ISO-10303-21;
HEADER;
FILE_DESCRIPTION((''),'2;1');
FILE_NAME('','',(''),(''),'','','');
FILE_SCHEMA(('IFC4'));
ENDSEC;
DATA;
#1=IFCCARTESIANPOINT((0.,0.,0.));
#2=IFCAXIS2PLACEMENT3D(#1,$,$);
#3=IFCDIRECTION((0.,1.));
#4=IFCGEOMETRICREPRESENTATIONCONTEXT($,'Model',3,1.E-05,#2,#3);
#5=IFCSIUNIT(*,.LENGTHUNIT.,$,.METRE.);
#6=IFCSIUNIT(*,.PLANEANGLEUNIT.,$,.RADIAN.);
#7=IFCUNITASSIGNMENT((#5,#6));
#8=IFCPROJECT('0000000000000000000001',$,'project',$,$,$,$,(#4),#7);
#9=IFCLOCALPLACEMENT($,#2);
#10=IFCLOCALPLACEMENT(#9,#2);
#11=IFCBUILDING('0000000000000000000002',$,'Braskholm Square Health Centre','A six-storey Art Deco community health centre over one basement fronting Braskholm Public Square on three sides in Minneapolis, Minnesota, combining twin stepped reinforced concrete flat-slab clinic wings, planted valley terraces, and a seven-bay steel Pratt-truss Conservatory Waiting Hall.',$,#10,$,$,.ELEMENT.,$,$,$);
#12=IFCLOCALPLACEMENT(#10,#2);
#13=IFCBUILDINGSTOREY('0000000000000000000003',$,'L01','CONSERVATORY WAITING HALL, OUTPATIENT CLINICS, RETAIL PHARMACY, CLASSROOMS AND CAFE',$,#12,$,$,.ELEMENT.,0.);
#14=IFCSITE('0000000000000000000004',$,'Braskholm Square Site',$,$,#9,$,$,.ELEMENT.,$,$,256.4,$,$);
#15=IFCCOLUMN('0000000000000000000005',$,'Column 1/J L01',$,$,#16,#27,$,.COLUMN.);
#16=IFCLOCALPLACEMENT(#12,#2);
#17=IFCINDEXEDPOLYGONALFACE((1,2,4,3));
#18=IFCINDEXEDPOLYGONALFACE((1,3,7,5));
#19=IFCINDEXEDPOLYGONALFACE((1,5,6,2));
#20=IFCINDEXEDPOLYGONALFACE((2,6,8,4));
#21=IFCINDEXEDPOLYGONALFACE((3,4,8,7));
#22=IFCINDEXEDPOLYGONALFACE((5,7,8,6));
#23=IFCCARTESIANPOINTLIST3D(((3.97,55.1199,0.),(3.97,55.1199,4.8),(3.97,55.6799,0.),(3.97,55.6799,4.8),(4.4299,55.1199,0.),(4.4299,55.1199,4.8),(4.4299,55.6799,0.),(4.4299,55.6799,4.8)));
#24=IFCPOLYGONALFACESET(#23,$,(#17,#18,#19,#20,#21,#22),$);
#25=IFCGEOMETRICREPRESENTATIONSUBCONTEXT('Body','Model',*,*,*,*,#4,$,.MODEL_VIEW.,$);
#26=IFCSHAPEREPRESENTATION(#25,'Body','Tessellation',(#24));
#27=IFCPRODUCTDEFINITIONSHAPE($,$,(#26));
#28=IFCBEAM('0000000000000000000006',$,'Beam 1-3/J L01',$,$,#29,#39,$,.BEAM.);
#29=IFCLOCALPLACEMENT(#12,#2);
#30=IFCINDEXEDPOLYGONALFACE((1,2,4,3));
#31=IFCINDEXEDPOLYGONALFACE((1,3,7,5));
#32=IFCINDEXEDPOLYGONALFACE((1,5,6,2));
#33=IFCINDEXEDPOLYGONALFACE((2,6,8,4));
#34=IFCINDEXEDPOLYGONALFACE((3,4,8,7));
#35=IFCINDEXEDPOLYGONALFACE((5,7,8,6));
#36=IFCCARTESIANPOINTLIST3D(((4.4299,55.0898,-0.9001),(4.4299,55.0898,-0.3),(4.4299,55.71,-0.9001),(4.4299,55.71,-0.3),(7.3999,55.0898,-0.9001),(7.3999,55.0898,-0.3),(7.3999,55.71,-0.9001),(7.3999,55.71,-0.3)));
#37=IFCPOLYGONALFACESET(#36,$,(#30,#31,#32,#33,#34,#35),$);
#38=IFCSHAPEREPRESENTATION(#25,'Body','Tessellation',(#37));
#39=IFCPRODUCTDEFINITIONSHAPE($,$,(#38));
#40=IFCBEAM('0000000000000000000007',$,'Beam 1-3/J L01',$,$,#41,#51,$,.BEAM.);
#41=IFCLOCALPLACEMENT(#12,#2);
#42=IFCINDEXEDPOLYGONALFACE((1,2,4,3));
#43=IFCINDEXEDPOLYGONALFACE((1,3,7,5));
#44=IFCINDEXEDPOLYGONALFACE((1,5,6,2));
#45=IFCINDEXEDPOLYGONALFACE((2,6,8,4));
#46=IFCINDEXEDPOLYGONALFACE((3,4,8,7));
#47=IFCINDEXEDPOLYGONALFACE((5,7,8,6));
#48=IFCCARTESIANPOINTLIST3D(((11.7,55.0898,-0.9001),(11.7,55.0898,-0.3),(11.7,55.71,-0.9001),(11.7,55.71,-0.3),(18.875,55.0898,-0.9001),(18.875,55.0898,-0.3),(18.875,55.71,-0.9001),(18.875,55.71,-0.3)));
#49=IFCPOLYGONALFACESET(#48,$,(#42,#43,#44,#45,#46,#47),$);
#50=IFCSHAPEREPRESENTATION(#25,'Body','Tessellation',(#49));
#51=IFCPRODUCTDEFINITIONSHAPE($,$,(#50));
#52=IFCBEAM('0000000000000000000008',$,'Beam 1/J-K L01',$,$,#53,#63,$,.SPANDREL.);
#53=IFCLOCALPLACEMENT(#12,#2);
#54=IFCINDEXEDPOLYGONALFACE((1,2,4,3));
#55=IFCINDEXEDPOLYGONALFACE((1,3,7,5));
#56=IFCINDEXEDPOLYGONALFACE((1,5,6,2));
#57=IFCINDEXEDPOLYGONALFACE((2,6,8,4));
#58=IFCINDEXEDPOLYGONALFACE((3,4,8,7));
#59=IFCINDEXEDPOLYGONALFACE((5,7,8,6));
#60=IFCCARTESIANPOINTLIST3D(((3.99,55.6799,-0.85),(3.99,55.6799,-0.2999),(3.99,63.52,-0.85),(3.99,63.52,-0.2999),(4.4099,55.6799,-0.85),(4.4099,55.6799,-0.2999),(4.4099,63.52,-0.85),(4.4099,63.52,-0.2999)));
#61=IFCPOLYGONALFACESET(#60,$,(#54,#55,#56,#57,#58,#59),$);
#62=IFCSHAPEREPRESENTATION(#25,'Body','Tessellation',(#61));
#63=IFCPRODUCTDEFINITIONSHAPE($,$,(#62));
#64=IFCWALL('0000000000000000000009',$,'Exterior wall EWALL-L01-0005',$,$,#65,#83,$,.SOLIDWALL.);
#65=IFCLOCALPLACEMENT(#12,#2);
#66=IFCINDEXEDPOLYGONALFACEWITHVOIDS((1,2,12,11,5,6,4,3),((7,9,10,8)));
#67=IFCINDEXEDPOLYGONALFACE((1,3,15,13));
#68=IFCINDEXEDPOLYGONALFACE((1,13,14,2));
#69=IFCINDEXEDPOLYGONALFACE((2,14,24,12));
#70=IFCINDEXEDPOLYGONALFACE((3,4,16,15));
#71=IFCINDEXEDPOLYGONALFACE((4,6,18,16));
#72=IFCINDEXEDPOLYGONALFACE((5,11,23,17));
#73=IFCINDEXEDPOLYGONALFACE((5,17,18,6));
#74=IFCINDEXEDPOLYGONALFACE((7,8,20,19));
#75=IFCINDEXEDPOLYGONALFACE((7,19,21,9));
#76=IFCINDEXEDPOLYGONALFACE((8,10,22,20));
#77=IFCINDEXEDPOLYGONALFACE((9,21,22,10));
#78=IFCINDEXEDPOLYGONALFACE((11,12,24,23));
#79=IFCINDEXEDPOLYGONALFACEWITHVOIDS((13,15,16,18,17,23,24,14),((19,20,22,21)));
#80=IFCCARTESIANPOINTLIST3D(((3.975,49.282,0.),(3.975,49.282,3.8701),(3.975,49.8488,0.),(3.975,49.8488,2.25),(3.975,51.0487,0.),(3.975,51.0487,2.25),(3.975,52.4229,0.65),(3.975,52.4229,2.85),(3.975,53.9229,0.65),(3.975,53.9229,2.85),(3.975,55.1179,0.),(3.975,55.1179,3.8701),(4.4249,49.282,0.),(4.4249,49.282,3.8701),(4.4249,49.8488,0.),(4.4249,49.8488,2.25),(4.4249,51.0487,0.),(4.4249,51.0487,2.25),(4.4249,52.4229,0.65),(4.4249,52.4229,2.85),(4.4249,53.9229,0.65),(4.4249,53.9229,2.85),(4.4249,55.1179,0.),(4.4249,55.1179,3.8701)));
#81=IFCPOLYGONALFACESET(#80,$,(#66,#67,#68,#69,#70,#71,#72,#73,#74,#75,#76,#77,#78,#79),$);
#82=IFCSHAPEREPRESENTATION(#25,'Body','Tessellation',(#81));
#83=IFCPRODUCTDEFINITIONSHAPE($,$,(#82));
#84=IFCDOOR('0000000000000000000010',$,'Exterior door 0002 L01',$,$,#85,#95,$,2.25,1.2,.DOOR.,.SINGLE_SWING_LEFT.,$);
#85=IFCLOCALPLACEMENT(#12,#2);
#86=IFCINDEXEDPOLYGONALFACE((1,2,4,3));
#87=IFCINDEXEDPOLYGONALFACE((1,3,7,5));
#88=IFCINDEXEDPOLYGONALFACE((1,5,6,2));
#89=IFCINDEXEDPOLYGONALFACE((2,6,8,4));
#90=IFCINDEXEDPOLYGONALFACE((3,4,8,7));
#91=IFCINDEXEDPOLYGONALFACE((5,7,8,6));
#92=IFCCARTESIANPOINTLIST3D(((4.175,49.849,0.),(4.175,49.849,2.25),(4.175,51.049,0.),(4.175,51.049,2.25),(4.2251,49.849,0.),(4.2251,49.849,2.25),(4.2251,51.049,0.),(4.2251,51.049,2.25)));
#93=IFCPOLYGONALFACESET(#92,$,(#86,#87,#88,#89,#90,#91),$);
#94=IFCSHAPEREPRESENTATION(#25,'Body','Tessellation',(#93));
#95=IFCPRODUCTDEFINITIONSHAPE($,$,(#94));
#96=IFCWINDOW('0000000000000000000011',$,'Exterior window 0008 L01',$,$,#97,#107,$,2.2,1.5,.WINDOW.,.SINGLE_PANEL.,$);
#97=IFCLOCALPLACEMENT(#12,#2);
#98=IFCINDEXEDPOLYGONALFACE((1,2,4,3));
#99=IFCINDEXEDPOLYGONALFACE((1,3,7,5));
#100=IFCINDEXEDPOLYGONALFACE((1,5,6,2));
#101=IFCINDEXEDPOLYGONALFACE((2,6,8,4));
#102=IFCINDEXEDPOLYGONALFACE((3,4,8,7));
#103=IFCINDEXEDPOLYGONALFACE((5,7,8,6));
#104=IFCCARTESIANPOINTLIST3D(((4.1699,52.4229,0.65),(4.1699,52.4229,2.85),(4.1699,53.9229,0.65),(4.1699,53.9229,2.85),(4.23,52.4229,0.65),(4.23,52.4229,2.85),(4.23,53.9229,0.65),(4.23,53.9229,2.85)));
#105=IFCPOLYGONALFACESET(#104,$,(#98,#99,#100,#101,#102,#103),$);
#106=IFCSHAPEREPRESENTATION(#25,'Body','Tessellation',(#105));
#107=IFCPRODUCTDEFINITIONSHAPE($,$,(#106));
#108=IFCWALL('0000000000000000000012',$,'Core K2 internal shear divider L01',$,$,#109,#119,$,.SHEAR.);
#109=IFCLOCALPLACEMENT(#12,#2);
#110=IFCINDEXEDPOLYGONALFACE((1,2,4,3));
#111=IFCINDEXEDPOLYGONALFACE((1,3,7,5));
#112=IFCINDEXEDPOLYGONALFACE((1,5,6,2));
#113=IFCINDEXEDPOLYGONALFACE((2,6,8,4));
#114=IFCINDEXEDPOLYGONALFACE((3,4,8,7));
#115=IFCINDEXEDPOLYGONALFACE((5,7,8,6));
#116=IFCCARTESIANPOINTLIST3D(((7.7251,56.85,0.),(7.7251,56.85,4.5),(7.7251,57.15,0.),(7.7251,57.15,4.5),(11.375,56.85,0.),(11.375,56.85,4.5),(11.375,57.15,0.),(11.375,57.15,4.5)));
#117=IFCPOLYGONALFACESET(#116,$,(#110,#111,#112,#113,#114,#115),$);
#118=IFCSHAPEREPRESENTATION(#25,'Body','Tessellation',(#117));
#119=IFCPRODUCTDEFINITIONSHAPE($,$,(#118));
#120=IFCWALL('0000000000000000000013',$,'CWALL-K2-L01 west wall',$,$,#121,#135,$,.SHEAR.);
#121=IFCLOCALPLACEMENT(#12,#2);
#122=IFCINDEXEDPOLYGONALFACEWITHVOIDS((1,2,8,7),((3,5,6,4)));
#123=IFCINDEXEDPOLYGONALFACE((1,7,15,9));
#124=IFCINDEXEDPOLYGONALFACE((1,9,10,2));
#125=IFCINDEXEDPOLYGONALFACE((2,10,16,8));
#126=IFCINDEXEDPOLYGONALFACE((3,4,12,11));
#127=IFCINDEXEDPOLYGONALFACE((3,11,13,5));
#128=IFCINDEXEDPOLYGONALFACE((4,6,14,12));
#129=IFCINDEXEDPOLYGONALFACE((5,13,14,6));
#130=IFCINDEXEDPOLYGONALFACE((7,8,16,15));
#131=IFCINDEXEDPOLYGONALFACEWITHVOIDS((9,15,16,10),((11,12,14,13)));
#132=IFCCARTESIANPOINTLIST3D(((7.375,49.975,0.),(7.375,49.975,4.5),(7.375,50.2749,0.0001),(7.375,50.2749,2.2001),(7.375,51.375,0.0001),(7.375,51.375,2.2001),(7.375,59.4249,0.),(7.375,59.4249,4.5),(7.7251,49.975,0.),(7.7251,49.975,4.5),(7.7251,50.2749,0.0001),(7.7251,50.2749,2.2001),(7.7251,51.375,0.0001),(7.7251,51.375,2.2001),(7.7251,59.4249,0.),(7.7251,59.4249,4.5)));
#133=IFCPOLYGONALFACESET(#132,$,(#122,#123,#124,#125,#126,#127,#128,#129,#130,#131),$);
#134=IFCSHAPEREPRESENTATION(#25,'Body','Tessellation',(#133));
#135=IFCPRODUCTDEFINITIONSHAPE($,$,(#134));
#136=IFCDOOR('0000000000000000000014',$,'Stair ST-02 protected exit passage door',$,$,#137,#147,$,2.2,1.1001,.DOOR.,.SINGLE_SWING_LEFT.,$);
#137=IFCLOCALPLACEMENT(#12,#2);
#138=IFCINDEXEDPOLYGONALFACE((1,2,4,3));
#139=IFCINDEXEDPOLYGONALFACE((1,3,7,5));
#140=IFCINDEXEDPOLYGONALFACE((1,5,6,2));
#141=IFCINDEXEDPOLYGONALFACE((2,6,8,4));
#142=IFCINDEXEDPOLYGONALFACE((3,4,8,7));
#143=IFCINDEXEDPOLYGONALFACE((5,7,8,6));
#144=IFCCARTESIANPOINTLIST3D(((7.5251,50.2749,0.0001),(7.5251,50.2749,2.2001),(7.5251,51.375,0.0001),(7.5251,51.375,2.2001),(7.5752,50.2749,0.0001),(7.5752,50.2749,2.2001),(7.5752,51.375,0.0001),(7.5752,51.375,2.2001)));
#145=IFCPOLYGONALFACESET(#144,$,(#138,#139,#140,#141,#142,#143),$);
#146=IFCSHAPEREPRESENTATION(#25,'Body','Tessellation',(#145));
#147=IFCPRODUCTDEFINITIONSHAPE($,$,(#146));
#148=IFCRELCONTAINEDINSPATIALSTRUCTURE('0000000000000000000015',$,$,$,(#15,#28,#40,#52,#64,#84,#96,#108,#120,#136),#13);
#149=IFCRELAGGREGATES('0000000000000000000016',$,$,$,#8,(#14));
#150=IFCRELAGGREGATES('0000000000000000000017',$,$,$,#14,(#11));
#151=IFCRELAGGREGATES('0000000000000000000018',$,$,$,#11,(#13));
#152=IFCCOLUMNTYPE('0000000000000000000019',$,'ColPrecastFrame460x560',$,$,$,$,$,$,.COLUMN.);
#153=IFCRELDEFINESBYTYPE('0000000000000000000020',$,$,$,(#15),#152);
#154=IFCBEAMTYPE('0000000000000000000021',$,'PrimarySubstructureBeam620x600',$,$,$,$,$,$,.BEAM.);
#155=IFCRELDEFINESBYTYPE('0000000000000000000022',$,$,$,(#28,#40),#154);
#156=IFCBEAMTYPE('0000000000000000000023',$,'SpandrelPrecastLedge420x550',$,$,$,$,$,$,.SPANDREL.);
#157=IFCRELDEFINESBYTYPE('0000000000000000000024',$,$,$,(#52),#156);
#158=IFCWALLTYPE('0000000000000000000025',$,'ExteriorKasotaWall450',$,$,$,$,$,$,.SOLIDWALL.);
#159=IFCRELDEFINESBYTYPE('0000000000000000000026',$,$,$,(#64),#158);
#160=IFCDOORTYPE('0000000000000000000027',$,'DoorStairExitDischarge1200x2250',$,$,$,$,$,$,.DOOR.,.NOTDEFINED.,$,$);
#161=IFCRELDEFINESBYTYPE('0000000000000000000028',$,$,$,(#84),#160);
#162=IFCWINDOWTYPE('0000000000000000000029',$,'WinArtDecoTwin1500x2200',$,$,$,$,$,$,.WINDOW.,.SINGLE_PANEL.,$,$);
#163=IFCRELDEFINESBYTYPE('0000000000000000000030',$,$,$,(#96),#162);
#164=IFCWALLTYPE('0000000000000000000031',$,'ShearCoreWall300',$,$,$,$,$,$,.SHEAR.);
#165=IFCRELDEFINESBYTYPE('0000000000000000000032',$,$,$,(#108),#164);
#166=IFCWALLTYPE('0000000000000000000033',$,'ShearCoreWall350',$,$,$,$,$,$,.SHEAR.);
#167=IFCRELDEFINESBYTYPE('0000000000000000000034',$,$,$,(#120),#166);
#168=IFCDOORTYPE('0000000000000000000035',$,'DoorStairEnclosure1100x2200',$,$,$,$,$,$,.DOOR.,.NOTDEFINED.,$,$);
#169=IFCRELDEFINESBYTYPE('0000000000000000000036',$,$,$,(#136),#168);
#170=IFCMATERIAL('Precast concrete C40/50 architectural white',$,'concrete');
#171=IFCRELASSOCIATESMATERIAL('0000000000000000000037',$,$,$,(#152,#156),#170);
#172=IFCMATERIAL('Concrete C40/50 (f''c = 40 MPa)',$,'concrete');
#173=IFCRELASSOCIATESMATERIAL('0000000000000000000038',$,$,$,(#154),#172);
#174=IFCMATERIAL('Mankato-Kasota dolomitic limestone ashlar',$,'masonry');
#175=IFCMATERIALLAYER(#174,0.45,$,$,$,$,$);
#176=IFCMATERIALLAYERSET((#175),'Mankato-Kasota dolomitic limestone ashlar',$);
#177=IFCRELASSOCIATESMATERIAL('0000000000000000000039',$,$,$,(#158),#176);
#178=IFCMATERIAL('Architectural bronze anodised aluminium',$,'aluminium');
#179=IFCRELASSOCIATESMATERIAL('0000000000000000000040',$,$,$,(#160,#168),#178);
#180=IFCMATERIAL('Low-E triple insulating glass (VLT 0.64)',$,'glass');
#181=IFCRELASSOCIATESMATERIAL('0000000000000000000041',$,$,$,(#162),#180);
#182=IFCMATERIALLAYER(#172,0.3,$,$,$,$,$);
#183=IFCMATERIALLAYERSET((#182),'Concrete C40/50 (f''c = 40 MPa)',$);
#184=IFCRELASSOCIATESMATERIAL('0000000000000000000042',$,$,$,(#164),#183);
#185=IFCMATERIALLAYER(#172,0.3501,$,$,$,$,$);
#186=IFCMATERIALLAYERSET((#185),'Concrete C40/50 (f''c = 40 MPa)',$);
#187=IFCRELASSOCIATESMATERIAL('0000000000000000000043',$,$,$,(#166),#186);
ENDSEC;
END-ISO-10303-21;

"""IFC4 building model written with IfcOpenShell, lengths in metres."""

from ifc_helpers import new_model, si_unit, direction, frame, frame_2d, origin, origin_with_axes, origin_2d, place, context, subcontext, project, spatial, rectangle, extrude, material, layer, layer_set, material_profile, profile_set, type_object, element, fill, save


model = new_model("IFC4")

# Units and contexts
model_context = context("Model", 3, precision=1e-05, world=origin(), true_north=direction((0.0, 1.0)))
body_context = subcontext(model_context, "Body", "Model", "MODEL_VIEW")
ifc_project = project(units=[si_unit("LENGTHUNIT", "METRE"), si_unit("PLANEANGLEUNIT", "RADIAN")], contexts=[model_context])

# Site, building, storey
site_placement = place(None, origin())
site = spatial("IfcSite", under=ifc_project, at=site_placement, Name="Braskholm Square Site", CompositionType="ELEMENT", RefElevation=256.4)
building_placement = place(site_placement, origin())
building = spatial("IfcBuilding", under=site, at=building_placement, Name="Braskholm Square Health Centre", Description="A six-storey Art Deco community health centre over one basement fronting Braskholm Public Square on three sides in Minneapolis, Minnesota, combining twin stepped reinforced concrete flat-slab clinic wings, planted valley terraces, and a seven-bay steel Pratt-truss Conservatory Waiting Hall.", CompositionType="ELEMENT")
storey_placement = place(building_placement, origin())
storey = spatial("IfcBuildingStorey", under=building, at=storey_placement, Name="L01", Description="CONSERVATORY WAITING HALL, OUTPATIENT CLINICS, RETAIL PHARMACY, CLASSROOMS AND CAFE", CompositionType="ELEMENT", Elevation=0.0)

# Column
ifc_material_1 = material(Name="Precast concrete C40/50 architectural white", Category="concrete")
ifc_material_profile_1 = material_profile(ifc_material_1, rectangle(XDim=0.46, YDim=0.5601, at=origin_2d()), Name="RC-460X560")
ifc_profile_set_1 = profile_set([ifc_material_profile_1], Name="Precast concrete C40/50 architectural white")
column_type = type_object("IfcColumnType", Name="ColPrecastFrame460x560", PredefinedType="COLUMN", material=ifc_profile_set_1)
column_placement = place(storey_placement, frame((4.2, 55.3999, 0.0), z_axis=(0.0, 0.0, 1.0), x_axis=(1.0, 0.0, 0.0)))
element("IfcColumn", 1, at=column_placement, inside=storey, type_object=column_type, Name="Column 1/J L01", PredefinedType="COLUMN", context=body_context, shape_type="SweptSolid", body=[
    extrude(rectangle(XDim=0.46, YDim=0.5601, at=origin_2d()), origin(), (0.0, 0.0, 1.0), 4.8),
])

# Beams
ifc_material_2 = material(Name="Concrete C40/50 (f'c = 40 MPa)", Category="concrete")
ifc_material_profile_2 = material_profile(ifc_material_2, rectangle(XDim=0.6201, YDim=0.6001, at=origin_2d()), Name="RCB-620X600")
ifc_profile_set_2 = profile_set([ifc_material_profile_2], Name="Concrete C40/50 (f'c = 40 MPa)")
beam_type_1 = type_object("IfcBeamType", Name="PrimarySubstructureBeam620x600", PredefinedType="BEAM", material=ifc_profile_set_2)
beam_1_placement = place(storey_placement, frame((4.4299, 55.3999, -0.6001), z_axis=(1.0, 0.0, 0.0), x_axis=(0.0, 1.0, 0.0)))
element("IfcBeam", 2, at=beam_1_placement, inside=storey, type_object=beam_type_1, Name="Beam 1-3/J L01", PredefinedType="BEAM", context=body_context, shape_type="SweptSolid", body=[
    extrude(rectangle(XDim=0.6201, YDim=0.6001, at=origin_2d()), origin(), (0.0, 0.0, 1.0), 2.97),
])
beam_2_placement = place(storey_placement, frame((11.7, 55.3999, -0.6001), z_axis=(1.0, 0.0, 0.0), x_axis=(0.0, 1.0, 0.0)))
element("IfcBeam", 3, at=beam_2_placement, inside=storey, type_object=beam_type_1, Name="Beam 1-3/J L01", PredefinedType="BEAM", context=body_context, shape_type="SweptSolid", body=[
    extrude(rectangle(XDim=0.6201, YDim=0.6001, at=origin_2d()), origin(), (0.0, 0.0, 1.0), 7.175),
])
ifc_material_profile_3 = material_profile(ifc_material_1, rectangle(XDim=0.4199, YDim=0.55, at=origin_2d()), Name="RCB-420X550")
ifc_profile_set_3 = profile_set([ifc_material_profile_3], Name="Precast concrete C40/50 architectural white")
beam_type_2 = type_object("IfcBeamType", Name="SpandrelPrecastLedge420x550", PredefinedType="SPANDREL", material=ifc_profile_set_3)
beam_3_placement = place(storey_placement, frame((4.2, 55.6799, -0.575), z_axis=(0.0, 1.0, 0.0), x_axis=(-1.0, 0.0, 0.0)))
element("IfcBeam", 4, at=beam_3_placement, inside=storey, type_object=beam_type_2, Name="Beam 1/J-K L01", PredefinedType="SPANDREL", context=body_context, shape_type="SweptSolid", body=[
    extrude(rectangle(XDim=0.4199, YDim=0.55, at=origin_2d()), origin(), (0.0, 0.0, 1.0), 7.8401),
])

# Wall, openings, door, window
ifc_material_3 = material(Name="Mankato-Kasota dolomitic limestone ashlar", Category="masonry")
ifc_layer_1 = layer(ifc_material_3, 0.45)
ifc_layer_set_1 = layer_set([ifc_layer_1], Name="Mankato-Kasota dolomitic limestone ashlar")
wall_type_1 = type_object("IfcWallType", Name="ExteriorKasotaWall450", PredefinedType="SOLIDWALL", material=ifc_layer_set_1)
wall_1_placement = place(storey_placement, frame((4.2, 55.1179, 0.0), z_axis=(0.0, 0.0, 1.0), x_axis=(0.0, -1.0, 0.0)))
wall_1 = element("IfcWall", 5, at=wall_1_placement, inside=storey, type_object=wall_type_1, Name="Exterior wall EWALL-L01-0005", PredefinedType="SOLIDWALL", context=body_context, shape_type="SweptSolid", body=[
    extrude(rectangle(XDim=5.8359, YDim=0.45, at=frame_2d((2.918, 0.0))), origin(), (0.0, 0.0, 1.0), 3.8701),
])
opening_1_placement = place(wall_1_placement, frame((4.0691, 0.0, 0.0)))
opening_1 = element("IfcOpeningElement", 6, at=opening_1_placement, cuts=wall_1, PredefinedType="OPENING", context=body_context, shape_type="SweptSolid", body=[
    extrude(rectangle(XDim=1.2, YDim=2.25, at=frame_2d((0.6001, 1.125))), frame((0.0, 0.2349, 0.0), z_axis=(0.0, -1.0, 0.0), x_axis=(1.0, 0.0, 0.0)), (0.0, 0.0, 1.0), 0.47),
])
opening_2_placement = place(wall_1_placement, frame((1.1951, 0.0, 0.6499)))
opening_2 = element("IfcOpeningElement", 7, at=opening_2_placement, cuts=wall_1, PredefinedType="OPENING", context=body_context, shape_type="SweptSolid", body=[
    extrude(rectangle(XDim=1.5, YDim=2.2, at=frame_2d((0.75, 1.1001))), frame((0.0, 0.2349, 0.0), z_axis=(0.0, -1.0, 0.0), x_axis=(1.0, 0.0, 0.0)), (0.0, 0.0, 1.0), 0.47),
])
ifc_material_4 = material(Name="Architectural bronze anodised aluminium", Category="aluminium")
door_type_1 = type_object("IfcDoorType", Name="DoorStairExitDischarge1200x2250", OperationType="NOTDEFINED", PredefinedType="DOOR", material=ifc_material_4)
door_1_placement = place(opening_1_placement, frame((1.2, 0.0, 0.0), z_axis=(0.0, 0.0, 1.0), x_axis=(-1.0, 0.0, 0.0)))
door_1 = element("IfcDoor", 8, at=door_1_placement, inside=storey, type_object=door_type_1, Name="Exterior door 0002 L01", OperationType="SINGLE_SWING_LEFT", OverallHeight=2.25, OverallWidth=1.2, PredefinedType="DOOR", context=body_context, shape_type="SweptSolid", body=[
    extrude(rectangle(XDim=1.2, YDim=2.25, at=frame_2d((0.6001, 1.125))), frame((0.0, 0.0249, 0.0), z_axis=(0.0, -1.0, 0.0), x_axis=(1.0, 0.0, 0.0)), (0.0, 0.0, 1.0), 0.05),
])
fill(opening_1, door_1)
ifc_material_5 = material(Name="Low-E triple insulating glass (VLT 0.64)", Category="glass")
window_type = type_object("IfcWindowType", Name="WinArtDecoTwin1500x2200", PartitioningType="SINGLE_PANEL", PredefinedType="WINDOW", material=ifc_material_5)
window_placement = place(opening_2_placement, origin_with_axes())
window = element("IfcWindow", 9, at=window_placement, inside=storey, type_object=window_type, Name="Exterior window 0008 L01", OverallHeight=2.2, OverallWidth=1.5, PartitioningType="SINGLE_PANEL", PredefinedType="WINDOW", context=body_context, shape_type="SweptSolid", body=[
    extrude(rectangle(XDim=1.5, YDim=2.2, at=frame_2d((0.75, 1.1001))), frame((0.0, 0.03, 0.0), z_axis=(0.0, -1.0, 0.0), x_axis=(1.0, 0.0, 0.0)), (0.0, 0.0, 1.0), 0.0601),
])
fill(opening_2, window)

# Wall
ifc_layer_2 = layer(ifc_material_2, 0.3)
ifc_layer_set_2 = layer_set([ifc_layer_2], Name="Concrete C40/50 (f'c = 40 MPa)")
wall_type_2 = type_object("IfcWallType", Name="ShearCoreWall300", PredefinedType="SHEAR", material=ifc_layer_set_2)
wall_2_placement = place(storey_placement, frame((7.7251, 57.0, 0.0), z_axis=(0.0, 0.0, 1.0), x_axis=(1.0, 0.0, 0.0)))
element("IfcWall", 10, at=wall_2_placement, inside=storey, type_object=wall_type_2, Name="Core K2 internal shear divider L01", PredefinedType="SHEAR", context=body_context, shape_type="SweptSolid", body=[
    extrude(rectangle(XDim=3.6499, YDim=0.3, at=frame_2d((1.825, 0.0))), origin(), (0.0, 0.0, 1.0), 4.5),
])

# Wall, opening, door
ifc_layer_3 = layer(ifc_material_2, 0.3501)
ifc_layer_set_3 = layer_set([ifc_layer_3], Name="Concrete C40/50 (f'c = 40 MPa)")
wall_type_3 = type_object("IfcWallType", Name="ShearCoreWall350", PredefinedType="SHEAR", material=ifc_layer_set_3)
wall_3_placement = place(storey_placement, frame((7.55, 59.425, 0.0), z_axis=(0.0, 0.0, 1.0), x_axis=(0.0, -1.0, 0.0)))
wall_3 = element("IfcWall", 11, at=wall_3_placement, inside=storey, type_object=wall_type_3, Name="CWALL-K2-L01 west wall", PredefinedType="SHEAR", context=body_context, shape_type="SweptSolid", body=[
    extrude(rectangle(XDim=9.45, YDim=0.3501, at=frame_2d((4.7251, 0.0))), origin(), (0.0, 0.0, 1.0), 4.5),
])
opening_3_placement = place(wall_3_placement, frame((8.05, 0.0, 0.0)))
opening_3 = element("IfcOpeningElement", 12, at=opening_3_placement, cuts=wall_3, PredefinedType="OPENING", context=body_context, shape_type="SweptSolid", body=[
    extrude(rectangle(XDim=1.1001, YDim=2.2, at=frame_2d((0.55, 1.1001))), frame((0.0, 0.1851, 0.0), z_axis=(0.0, -1.0, 0.0), x_axis=(1.0, 0.0, 0.0)), (0.0, 0.0, 1.0), 0.3701),
])
door_type_2 = type_object("IfcDoorType", Name="DoorStairEnclosure1100x2200", OperationType="NOTDEFINED", PredefinedType="DOOR", material=ifc_material_4)
door_2_placement = place(opening_3_placement, frame((1.1001, 0.0, 0.0), z_axis=(0.0, 0.0, 1.0), x_axis=(-1.0, 0.0, 0.0)))
door_2 = element("IfcDoor", 13, at=door_2_placement, inside=storey, type_object=door_type_2, Name="Stair ST-02 protected exit passage door", OperationType="SINGLE_SWING_LEFT", OverallHeight=2.2, OverallWidth=1.1001, PredefinedType="DOOR", context=body_context, shape_type="SweptSolid", body=[
    extrude(rectangle(XDim=1.1001, YDim=2.2, at=frame_2d((0.55, 1.1001))), frame((0.0, 0.0249, 0.0), z_axis=(0.0, -1.0, 0.0), x_axis=(1.0, 0.0, 0.0)), (0.0, 0.0, 1.0), 0.05),
])
fill(opening_3, door_2)

save(model, "model.ifc")
